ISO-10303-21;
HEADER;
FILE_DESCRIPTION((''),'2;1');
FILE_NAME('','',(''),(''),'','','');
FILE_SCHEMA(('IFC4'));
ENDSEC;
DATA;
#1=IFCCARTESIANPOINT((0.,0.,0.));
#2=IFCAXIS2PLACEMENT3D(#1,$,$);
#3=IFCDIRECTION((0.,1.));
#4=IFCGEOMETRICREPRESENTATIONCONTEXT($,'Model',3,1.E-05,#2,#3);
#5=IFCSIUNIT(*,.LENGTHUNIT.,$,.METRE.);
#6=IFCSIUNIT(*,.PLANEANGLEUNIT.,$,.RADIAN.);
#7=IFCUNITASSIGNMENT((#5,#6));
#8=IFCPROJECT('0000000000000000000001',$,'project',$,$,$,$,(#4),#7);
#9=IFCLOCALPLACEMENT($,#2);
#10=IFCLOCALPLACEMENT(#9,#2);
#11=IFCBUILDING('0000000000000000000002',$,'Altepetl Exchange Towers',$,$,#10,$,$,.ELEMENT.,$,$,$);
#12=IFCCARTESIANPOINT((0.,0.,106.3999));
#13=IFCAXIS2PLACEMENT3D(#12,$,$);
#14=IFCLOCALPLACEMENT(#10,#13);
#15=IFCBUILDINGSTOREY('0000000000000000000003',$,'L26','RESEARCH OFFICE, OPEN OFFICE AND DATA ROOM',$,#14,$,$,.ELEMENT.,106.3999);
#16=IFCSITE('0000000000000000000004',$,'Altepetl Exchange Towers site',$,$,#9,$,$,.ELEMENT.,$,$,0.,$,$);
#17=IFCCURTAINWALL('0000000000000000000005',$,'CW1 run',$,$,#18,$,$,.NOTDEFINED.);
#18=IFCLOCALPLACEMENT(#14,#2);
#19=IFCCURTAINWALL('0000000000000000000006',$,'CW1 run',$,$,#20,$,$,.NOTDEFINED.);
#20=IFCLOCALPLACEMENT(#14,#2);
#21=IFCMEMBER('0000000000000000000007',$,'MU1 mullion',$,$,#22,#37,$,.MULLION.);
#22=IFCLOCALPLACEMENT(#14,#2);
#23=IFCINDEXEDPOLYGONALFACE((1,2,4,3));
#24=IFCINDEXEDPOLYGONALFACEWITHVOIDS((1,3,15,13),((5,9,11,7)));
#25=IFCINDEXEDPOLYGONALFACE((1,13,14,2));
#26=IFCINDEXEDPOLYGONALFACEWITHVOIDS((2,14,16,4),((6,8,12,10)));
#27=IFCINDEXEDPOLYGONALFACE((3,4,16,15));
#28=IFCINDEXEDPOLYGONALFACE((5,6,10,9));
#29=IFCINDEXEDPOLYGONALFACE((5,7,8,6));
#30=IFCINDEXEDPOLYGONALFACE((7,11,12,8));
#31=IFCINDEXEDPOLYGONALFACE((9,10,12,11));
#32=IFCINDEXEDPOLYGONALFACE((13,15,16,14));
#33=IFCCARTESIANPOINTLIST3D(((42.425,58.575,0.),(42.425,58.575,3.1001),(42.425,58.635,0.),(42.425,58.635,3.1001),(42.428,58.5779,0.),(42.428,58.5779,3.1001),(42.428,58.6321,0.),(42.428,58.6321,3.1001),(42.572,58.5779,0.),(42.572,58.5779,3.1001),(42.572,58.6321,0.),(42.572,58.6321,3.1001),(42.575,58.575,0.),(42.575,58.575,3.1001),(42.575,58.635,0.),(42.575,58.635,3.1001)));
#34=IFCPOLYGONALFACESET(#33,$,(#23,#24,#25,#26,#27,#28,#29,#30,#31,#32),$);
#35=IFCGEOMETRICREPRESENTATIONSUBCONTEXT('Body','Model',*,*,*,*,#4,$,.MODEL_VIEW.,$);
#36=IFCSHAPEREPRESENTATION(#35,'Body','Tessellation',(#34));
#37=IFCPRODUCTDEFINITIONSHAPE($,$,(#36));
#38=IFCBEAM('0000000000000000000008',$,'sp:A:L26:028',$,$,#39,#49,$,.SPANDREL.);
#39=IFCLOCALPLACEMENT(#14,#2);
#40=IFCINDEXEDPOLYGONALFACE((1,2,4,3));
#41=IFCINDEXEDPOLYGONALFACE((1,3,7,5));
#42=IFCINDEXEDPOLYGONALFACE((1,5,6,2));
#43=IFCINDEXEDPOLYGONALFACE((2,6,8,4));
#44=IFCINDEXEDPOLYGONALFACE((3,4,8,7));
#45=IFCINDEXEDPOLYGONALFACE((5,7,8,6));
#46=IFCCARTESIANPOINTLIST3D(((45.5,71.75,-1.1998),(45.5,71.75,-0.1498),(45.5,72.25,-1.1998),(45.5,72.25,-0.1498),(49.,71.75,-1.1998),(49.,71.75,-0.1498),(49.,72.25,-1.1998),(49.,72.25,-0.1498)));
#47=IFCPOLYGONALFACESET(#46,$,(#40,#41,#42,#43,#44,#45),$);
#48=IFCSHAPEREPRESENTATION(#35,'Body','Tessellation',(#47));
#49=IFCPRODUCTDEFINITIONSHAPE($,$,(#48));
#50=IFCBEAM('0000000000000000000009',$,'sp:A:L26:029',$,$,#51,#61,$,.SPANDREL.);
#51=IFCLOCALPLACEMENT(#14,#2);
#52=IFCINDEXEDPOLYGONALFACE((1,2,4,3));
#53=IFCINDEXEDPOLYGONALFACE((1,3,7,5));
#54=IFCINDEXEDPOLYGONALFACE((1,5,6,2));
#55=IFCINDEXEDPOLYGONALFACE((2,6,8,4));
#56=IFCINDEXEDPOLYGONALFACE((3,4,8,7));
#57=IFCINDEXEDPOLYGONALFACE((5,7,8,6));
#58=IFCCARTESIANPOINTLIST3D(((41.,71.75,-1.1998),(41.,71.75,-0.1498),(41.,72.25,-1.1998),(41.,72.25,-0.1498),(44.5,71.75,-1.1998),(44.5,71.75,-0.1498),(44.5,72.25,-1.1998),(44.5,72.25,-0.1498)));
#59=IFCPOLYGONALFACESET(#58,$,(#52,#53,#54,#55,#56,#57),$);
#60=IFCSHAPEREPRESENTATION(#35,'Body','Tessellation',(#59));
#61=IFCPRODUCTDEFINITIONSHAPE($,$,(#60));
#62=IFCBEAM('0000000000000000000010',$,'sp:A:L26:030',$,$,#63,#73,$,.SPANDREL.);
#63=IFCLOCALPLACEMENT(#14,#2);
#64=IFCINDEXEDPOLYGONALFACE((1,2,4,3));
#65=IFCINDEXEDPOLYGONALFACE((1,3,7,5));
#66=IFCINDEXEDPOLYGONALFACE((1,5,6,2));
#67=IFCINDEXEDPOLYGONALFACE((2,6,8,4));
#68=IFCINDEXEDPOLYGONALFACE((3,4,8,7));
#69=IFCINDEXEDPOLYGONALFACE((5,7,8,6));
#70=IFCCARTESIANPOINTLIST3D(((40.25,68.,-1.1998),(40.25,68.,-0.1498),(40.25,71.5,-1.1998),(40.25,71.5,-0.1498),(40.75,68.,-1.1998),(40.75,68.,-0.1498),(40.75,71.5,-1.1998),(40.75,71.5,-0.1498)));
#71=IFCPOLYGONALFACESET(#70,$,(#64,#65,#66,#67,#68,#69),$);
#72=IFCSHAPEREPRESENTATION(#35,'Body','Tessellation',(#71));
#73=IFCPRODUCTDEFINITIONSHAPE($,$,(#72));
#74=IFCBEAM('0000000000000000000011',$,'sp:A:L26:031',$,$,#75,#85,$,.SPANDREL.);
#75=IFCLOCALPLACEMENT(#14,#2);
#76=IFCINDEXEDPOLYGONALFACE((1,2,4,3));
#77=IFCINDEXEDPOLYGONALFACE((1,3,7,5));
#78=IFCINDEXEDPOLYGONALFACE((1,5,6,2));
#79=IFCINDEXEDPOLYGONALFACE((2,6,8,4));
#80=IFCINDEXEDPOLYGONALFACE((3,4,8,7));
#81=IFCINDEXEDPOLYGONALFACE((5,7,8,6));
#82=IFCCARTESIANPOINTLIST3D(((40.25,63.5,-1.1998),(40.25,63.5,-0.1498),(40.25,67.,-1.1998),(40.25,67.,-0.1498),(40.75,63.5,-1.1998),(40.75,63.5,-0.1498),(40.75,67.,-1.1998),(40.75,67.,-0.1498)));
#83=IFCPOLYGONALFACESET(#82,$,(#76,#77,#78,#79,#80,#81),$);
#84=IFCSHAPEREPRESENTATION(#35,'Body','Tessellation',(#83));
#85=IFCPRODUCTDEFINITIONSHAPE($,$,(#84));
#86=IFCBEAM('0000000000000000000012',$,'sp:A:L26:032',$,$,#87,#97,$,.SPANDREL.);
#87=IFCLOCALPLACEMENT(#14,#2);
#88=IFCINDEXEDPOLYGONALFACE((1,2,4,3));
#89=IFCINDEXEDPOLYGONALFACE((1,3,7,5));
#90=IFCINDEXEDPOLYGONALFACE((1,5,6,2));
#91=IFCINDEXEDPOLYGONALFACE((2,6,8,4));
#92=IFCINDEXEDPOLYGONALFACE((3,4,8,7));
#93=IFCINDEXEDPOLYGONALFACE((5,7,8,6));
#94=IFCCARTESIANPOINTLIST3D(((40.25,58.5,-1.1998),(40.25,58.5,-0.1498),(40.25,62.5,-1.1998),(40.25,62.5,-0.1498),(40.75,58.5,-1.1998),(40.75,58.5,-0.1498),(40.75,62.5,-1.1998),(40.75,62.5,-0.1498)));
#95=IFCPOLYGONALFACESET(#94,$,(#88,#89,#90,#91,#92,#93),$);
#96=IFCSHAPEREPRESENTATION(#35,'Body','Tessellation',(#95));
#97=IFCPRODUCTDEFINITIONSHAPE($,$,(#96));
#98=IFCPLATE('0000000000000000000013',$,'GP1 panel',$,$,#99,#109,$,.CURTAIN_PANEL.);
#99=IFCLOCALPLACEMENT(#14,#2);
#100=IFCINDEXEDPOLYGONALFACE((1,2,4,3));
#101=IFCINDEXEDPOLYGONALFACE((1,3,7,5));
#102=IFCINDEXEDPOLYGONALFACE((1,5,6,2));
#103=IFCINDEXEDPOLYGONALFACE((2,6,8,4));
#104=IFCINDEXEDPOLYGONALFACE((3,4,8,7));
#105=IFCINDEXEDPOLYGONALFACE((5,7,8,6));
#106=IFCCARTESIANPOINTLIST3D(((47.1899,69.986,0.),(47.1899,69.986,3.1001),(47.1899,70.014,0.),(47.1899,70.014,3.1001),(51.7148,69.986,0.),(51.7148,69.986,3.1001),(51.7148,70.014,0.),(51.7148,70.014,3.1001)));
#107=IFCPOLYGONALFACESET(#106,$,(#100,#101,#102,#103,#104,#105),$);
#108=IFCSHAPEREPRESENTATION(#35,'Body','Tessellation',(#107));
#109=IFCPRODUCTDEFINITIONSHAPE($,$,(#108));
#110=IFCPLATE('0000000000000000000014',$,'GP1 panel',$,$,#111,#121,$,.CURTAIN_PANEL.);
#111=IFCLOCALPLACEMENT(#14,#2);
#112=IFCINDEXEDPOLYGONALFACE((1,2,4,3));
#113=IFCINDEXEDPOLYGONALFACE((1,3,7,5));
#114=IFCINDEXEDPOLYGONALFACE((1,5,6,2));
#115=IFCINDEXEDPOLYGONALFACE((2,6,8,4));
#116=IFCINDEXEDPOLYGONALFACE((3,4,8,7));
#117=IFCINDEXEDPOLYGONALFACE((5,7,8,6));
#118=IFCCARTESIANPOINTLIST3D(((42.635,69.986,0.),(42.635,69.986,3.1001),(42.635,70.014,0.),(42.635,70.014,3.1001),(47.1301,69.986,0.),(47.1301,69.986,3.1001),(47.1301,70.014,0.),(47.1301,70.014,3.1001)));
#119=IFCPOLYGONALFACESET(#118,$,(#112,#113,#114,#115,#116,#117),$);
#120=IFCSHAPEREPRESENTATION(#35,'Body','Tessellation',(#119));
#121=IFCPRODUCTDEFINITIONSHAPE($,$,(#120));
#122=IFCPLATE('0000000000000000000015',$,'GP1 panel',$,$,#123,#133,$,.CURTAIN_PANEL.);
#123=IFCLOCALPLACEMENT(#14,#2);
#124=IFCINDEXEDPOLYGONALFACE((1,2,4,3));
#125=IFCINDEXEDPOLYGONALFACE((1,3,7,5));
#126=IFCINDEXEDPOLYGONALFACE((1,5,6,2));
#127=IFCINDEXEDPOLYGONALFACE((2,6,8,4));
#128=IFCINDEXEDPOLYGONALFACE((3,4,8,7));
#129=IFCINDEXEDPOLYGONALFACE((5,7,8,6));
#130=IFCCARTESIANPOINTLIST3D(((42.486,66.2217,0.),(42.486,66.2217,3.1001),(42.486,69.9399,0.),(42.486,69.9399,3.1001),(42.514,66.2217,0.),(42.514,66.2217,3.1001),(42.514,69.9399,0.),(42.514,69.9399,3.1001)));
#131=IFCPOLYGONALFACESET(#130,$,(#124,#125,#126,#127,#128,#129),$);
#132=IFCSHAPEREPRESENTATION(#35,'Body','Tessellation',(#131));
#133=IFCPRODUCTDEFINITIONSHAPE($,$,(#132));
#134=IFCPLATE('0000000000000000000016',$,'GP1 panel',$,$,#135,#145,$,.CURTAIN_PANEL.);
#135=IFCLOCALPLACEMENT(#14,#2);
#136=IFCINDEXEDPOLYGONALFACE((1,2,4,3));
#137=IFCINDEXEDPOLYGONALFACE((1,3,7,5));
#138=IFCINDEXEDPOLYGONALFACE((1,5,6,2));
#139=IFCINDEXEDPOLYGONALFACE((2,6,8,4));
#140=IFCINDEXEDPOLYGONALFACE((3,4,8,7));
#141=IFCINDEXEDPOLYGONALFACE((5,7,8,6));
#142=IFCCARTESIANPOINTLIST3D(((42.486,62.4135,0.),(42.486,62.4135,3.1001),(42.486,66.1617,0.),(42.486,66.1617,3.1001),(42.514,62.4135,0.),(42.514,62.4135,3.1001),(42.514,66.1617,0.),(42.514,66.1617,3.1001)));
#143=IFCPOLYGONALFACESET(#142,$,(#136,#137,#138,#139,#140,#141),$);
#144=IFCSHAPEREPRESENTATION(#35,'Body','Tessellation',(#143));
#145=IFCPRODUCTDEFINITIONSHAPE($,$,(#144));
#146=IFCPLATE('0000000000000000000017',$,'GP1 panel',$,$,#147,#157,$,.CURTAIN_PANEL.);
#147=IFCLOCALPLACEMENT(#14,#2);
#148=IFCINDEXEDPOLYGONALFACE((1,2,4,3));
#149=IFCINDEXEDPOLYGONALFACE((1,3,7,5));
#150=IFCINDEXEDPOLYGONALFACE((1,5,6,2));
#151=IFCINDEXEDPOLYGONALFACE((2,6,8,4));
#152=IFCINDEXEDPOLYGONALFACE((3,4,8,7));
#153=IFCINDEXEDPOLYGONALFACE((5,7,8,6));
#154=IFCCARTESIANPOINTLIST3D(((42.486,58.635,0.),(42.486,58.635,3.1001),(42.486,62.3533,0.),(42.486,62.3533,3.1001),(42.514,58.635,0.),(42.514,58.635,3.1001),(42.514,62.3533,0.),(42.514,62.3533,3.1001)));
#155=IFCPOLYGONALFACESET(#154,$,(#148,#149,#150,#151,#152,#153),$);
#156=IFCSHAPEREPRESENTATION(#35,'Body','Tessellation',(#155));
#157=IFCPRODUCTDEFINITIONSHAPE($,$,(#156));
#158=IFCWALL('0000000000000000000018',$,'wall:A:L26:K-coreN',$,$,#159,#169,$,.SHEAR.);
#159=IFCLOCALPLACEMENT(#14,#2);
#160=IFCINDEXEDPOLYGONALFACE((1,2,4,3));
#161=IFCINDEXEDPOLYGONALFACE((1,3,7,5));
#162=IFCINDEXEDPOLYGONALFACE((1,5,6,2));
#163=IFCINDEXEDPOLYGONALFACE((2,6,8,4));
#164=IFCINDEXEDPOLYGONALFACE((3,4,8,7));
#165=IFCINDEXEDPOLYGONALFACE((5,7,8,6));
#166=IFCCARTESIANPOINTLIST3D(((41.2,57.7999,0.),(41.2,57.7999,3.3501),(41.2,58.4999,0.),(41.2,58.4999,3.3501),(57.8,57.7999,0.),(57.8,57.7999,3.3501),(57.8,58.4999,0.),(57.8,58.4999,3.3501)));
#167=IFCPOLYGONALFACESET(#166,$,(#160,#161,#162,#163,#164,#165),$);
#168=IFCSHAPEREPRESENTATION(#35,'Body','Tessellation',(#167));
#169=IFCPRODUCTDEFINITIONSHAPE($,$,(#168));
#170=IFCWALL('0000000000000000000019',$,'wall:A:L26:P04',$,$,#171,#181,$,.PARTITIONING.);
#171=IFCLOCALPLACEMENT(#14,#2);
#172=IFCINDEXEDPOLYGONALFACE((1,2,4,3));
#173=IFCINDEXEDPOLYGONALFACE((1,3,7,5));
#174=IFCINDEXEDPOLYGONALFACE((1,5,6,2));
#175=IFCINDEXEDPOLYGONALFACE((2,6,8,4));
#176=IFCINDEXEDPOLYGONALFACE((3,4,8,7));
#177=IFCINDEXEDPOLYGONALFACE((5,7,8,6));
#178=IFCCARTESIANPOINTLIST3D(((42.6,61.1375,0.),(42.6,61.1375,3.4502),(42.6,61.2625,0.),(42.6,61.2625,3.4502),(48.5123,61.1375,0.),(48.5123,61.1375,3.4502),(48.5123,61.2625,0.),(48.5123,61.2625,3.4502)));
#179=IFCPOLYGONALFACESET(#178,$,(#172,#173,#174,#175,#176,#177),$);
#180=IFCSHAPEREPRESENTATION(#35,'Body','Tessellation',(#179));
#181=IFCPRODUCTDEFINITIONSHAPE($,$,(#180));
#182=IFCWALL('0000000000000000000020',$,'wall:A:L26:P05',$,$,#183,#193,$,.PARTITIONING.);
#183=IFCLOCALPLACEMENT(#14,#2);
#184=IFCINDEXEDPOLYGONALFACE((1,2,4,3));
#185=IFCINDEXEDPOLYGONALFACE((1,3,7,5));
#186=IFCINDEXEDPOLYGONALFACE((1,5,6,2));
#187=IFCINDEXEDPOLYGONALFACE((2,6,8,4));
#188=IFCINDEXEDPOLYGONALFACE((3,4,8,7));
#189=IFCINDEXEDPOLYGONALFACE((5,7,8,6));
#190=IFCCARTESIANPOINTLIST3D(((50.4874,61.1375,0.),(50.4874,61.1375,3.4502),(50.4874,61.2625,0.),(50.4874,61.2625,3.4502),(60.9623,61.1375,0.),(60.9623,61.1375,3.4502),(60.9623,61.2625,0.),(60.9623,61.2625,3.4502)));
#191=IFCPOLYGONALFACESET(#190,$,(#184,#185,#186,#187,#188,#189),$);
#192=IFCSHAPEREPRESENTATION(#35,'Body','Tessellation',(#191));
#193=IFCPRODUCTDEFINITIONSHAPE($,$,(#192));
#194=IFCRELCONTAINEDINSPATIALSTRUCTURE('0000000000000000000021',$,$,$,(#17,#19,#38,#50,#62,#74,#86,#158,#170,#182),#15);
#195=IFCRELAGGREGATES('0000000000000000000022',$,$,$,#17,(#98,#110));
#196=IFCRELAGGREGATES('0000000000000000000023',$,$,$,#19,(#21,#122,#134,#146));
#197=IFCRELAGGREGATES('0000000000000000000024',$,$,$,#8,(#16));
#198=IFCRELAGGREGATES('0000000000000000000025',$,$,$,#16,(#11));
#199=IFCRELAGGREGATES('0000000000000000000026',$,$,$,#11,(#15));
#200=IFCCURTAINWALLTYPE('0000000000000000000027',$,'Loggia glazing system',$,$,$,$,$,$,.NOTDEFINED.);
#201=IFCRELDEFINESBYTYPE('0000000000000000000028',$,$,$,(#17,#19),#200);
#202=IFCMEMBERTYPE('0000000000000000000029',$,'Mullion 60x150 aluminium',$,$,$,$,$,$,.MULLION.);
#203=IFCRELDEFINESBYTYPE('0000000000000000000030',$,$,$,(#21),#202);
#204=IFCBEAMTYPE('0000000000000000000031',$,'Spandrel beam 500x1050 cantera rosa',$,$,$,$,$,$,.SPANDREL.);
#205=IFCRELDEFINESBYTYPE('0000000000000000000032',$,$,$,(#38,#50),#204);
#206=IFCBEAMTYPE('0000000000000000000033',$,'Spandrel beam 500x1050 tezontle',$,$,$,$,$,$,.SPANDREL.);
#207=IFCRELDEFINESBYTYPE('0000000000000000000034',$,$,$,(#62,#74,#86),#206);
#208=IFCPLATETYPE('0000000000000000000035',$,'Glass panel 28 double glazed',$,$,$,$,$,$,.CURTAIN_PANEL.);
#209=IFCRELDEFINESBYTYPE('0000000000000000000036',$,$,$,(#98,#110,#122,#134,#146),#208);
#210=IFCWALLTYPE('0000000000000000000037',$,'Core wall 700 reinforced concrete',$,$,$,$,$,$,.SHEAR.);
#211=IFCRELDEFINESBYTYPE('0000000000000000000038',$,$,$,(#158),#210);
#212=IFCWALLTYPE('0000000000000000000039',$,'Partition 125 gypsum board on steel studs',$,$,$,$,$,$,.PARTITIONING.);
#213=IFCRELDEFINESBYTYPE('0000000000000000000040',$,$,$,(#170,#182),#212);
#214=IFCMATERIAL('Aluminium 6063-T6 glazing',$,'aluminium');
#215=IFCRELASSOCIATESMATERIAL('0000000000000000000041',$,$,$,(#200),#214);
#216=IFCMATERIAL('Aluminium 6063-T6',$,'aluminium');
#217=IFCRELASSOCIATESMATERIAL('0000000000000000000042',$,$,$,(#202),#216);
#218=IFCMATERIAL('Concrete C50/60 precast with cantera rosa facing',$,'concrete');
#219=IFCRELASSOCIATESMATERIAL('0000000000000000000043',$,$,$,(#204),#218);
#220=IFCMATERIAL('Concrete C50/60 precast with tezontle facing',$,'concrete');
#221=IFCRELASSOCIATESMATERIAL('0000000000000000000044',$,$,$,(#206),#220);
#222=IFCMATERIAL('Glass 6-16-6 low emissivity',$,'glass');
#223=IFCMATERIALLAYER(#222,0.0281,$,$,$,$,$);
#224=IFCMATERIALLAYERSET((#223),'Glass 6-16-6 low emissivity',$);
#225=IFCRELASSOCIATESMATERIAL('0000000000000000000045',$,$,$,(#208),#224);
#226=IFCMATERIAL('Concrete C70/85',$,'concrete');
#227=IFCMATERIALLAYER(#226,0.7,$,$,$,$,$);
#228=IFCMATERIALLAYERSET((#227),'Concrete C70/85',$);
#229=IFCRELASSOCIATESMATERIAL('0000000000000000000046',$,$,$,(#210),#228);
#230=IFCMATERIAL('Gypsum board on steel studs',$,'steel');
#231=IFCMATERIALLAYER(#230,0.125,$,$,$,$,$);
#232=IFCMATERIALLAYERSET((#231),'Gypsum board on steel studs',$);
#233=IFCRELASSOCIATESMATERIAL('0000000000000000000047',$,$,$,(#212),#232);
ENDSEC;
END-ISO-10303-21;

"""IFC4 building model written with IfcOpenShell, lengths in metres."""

from ifc_helpers import new_model, si_unit, direction, frame, frame_2d, origin, origin_2d, place, context, subcontext, project, spatial, rectangle, hollow_rectangle, extrude, material, layer, layer_set, material_profile, profile_set, type_object, element, aggregate, save


model = new_model("IFC4")

# Units and contexts
model_context = context("Model", 3, precision=1e-05, world=origin(), true_north=direction((0.0, 1.0)))
body_context = subcontext(model_context, "Body", "Model", "MODEL_VIEW")
ifc_project = project(units=[si_unit("LENGTHUNIT", "METRE"), si_unit("PLANEANGLEUNIT", "RADIAN")], contexts=[model_context])

# Site, building, storey
site_placement = place(None, origin())
site = spatial("IfcSite", under=ifc_project, at=site_placement, Name="Altepetl Exchange Towers site", CompositionType="ELEMENT", RefElevation=0.0)
building_placement = place(site_placement, origin())
building = spatial("IfcBuilding", under=site, at=building_placement, Name="Altepetl Exchange Towers", CompositionType="ELEMENT")
storey_placement = place(building_placement, frame((0.0, 0.0, 106.3999)))
storey = spatial("IfcBuildingStorey", under=building, at=storey_placement, Name="L26", Description="RESEARCH OFFICE, OPEN OFFICE AND DATA ROOM", CompositionType="ELEMENT", Elevation=106.3999)

# Curtain walls, member
ifc_material_1 = material(Name="Aluminium 6063-T6 glazing", Category="aluminium")
curtain_wall_type = type_object("IfcCurtainWallType", Name="Loggia glazing system", PredefinedType="NOTDEFINED", material=ifc_material_1)
curtain_wall_1_placement = place(storey_placement, origin())
curtain_wall_1 = element("IfcCurtainWall", 1, at=curtain_wall_1_placement, inside=storey, type_object=curtain_wall_type, Name="CW1 run", PredefinedType="NOTDEFINED")
ifc_material_2 = material(Name="Aluminium 6063-T6", Category="aluminium")
ifc_material_profile_1 = material_profile(ifc_material_2, hollow_rectangle(XDim=0.0601, YDim=0.1499, WallThickness=0.0029, at=origin_2d()), Name="Mullion 60x150 aluminium")
ifc_profile_set_1 = profile_set([ifc_material_profile_1], Name="Aluminium 6063-T6")
member_type = type_object("IfcMemberType", Name="Mullion 60x150 aluminium", PredefinedType="MULLION", material=ifc_profile_set_1)
curtain_wall_2_placement = place(storey_placement, origin())
curtain_wall_2 = element("IfcCurtainWall", 2, at=curtain_wall_2_placement, inside=storey, type_object=curtain_wall_type, Name="CW1 run", PredefinedType="NOTDEFINED")
member_1_placement = place(storey_placement, frame((42.5, 58.605, 0.0), z_axis=(0.0, 0.0, 1.0), x_axis=(0.0, -1.0, 0.0)))
member_1 = element("IfcMember", 3, at=member_1_placement, type_object=member_type, Name="MU1 mullion", PredefinedType="MULLION", context=body_context, shape_type="SweptSolid", body=[
    extrude(hollow_rectangle(XDim=0.0601, YDim=0.1499, WallThickness=0.0029, at=origin_2d()), origin(), (0.0, 0.0, 1.0), 3.1001),
])

# Beams
ifc_material_3 = material(Name="Concrete C50/60 precast with cantera rosa facing", Category="concrete")
ifc_material_profile_2 = material_profile(ifc_material_3, rectangle(XDim=0.5, YDim=1.05, at=origin_2d()), Name="500 x 1050")
ifc_profile_set_2 = profile_set([ifc_material_profile_2], Name="Concrete C50/60 precast with cantera rosa facing")
beam_type_1 = type_object("IfcBeamType", Name="Spandrel beam 500x1050 cantera rosa", PredefinedType="SPANDREL", material=ifc_profile_set_2)
for number, where, z_axis, x_axis, name in (
    (4, (49.0, 72.0, -0.6748), (-1.0, 0.0, 0.0), (0.0, -1.0, 0.0), "sp:A:L26:028"),
    (5, (44.5, 72.0, -0.6748), (-1.0, 0.0, 0.0), (0.0, -1.0, 0.0), "sp:A:L26:029"),
):
    element("IfcBeam", number, at=place(storey_placement, frame(where, z_axis=z_axis, x_axis=x_axis)), inside=storey, type_object=beam_type_1, Name=name, PredefinedType="SPANDREL", context=body_context, shape_type="SweptSolid", body=[
        extrude(rectangle(XDim=0.5, YDim=1.05, at=origin_2d()), origin(), (0.0, 0.0, 1.0), 3.5),
    ])
ifc_material_4 = material(Name="Concrete C50/60 precast with tezontle facing", Category="concrete")
ifc_material_profile_3 = material_profile(ifc_material_4, rectangle(XDim=0.5, YDim=1.05, at=origin_2d()), Name="500 x 1050")
ifc_profile_set_3 = profile_set([ifc_material_profile_3], Name="Concrete C50/60 precast with tezontle facing")
beam_type_2 = type_object("IfcBeamType", Name="Spandrel beam 500x1050 tezontle", PredefinedType="SPANDREL", material=ifc_profile_set_3)
for number, where, z_axis, x_axis, name in (
    (6, (40.5, 71.5, -0.6748), (0.0, -1.0, 0.0), (1.0, 0.0, 0.0), "sp:A:L26:030"),
    (7, (40.5, 67.0, -0.6748), (0.0, -1.0, 0.0), (1.0, 0.0, 0.0), "sp:A:L26:031"),
):
    element("IfcBeam", number, at=place(storey_placement, frame(where, z_axis=z_axis, x_axis=x_axis)), inside=storey, type_object=beam_type_2, Name=name, PredefinedType="SPANDREL", context=body_context, shape_type="SweptSolid", body=[
        extrude(rectangle(XDim=0.5, YDim=1.05, at=origin_2d()), origin(), (0.0, 0.0, 1.0), 3.5),
    ])
beam_placement = place(storey_placement, frame((40.5, 62.5, -0.6748), z_axis=(0.0, -1.0, 0.0), x_axis=(1.0, 0.0, 0.0)))
element("IfcBeam", 8, at=beam_placement, inside=storey, type_object=beam_type_2, Name="sp:A:L26:032", PredefinedType="SPANDREL", context=body_context, shape_type="SweptSolid", body=[
    extrude(rectangle(XDim=0.5, YDim=1.05, at=origin_2d()), origin(), (0.0, 0.0, 1.0), 4.0),
])

# Plates
ifc_material_5 = material(Name="Glass 6-16-6 low emissivity", Category="glass")
ifc_layer_1 = layer(ifc_material_5, 0.0281)
ifc_layer_set_1 = layer_set([ifc_layer_1], Name="Glass 6-16-6 low emissivity")
plate_type = type_object("IfcPlateType", Name="Glass panel 28 double glazed", PredefinedType="CURTAIN_PANEL", material=ifc_layer_set_1)
plate_1_placement = place(storey_placement, frame((49.4524, 70.0, 0.0), z_axis=(0.0, 0.0, 1.0), x_axis=(-1.0, 0.0, 0.0)))
plate_1 = element("IfcPlate", 9, at=plate_1_placement, type_object=plate_type, Name="GP1 panel", PredefinedType="CURTAIN_PANEL", context=body_context, shape_type="SweptSolid", body=[
    extrude(rectangle(XDim=4.5249, YDim=0.0281, at=origin_2d()), origin(), (0.0, 0.0, 1.0), 3.1001),
])
plate_2_placement = place(storey_placement, frame((44.8826, 70.0, 0.0), z_axis=(0.0, 0.0, 1.0), x_axis=(-1.0, 0.0, 0.0)))
plate_2 = element("IfcPlate", 10, at=plate_2_placement, type_object=plate_type, Name="GP1 panel", PredefinedType="CURTAIN_PANEL", context=body_context, shape_type="SweptSolid", body=[
    extrude(rectangle(XDim=4.4951, YDim=0.0281, at=origin_2d()), origin(), (0.0, 0.0, 1.0), 3.1001),
])
aggregate(curtain_wall_1, [plate_1, plate_2])
plate_3_placement = place(storey_placement, frame((42.5, 68.0808, 0.0), z_axis=(0.0, 0.0, 1.0), x_axis=(0.0, -1.0, 0.0)))
plate_3 = element("IfcPlate", 11, at=plate_3_placement, type_object=plate_type, Name="GP1 panel", PredefinedType="CURTAIN_PANEL", context=body_context, shape_type="SweptSolid", body=[
    extrude(rectangle(XDim=3.7183, YDim=0.0281, at=origin_2d()), origin(), (0.0, 0.0, 1.0), 3.1001),
])
plate_4_placement = place(storey_placement, frame((42.5, 64.2876, 0.0), z_axis=(0.0, 0.0, 1.0), x_axis=(0.0, -1.0, 0.0)))
plate_4 = element("IfcPlate", 12, at=plate_4_placement, type_object=plate_type, Name="GP1 panel", PredefinedType="CURTAIN_PANEL", context=body_context, shape_type="SweptSolid", body=[
    extrude(rectangle(XDim=3.7483, YDim=0.0281, at=origin_2d()), origin(), (0.0, 0.0, 1.0), 3.1001),
])
plate_5_placement = place(storey_placement, frame((42.5, 60.4941, 0.0), z_axis=(0.0, 0.0, 1.0), x_axis=(0.0, -1.0, 0.0)))
plate_5 = element("IfcPlate", 13, at=plate_5_placement, type_object=plate_type, Name="GP1 panel", PredefinedType="CURTAIN_PANEL", context=body_context, shape_type="SweptSolid", body=[
    extrude(rectangle(XDim=3.7183, YDim=0.0281, at=origin_2d()), origin(), (0.0, 0.0, 1.0), 3.1001),
])
aggregate(curtain_wall_2, [member_1, plate_3, plate_4, plate_5])

# Walls
ifc_material_6 = material(Name="Concrete C70/85", Category="concrete")
ifc_layer_2 = layer(ifc_material_6, 0.7)
ifc_layer_set_2 = layer_set([ifc_layer_2], Name="Concrete C70/85")
wall_type_1 = type_object("IfcWallType", Name="Core wall 700 reinforced concrete", PredefinedType="SHEAR", material=ifc_layer_set_2)
wall_1_placement = place(storey_placement, frame((41.2, 58.1499, 0.0)))
element("IfcWall", 14, at=wall_1_placement, inside=storey, type_object=wall_type_1, Name="wall:A:L26:K-coreN", PredefinedType="SHEAR", context=body_context, shape_type="SweptSolid", body=[
    extrude(rectangle(XDim=16.6001, YDim=0.7, at=frame_2d((8.3, 0.0))), origin(), (0.0, 0.0, 1.0), 3.3501),
])
ifc_material_7 = material(Name="Gypsum board on steel studs", Category="steel")
ifc_layer_3 = layer(ifc_material_7, 0.125)
ifc_layer_set_3 = layer_set([ifc_layer_3], Name="Gypsum board on steel studs")
wall_type_2 = type_object("IfcWallType", Name="Partition 125 gypsum board on steel studs", PredefinedType="PARTITIONING", material=ifc_layer_set_3)
wall_2_placement = place(storey_placement, frame((42.6001, 61.2, 0.0)))
element("IfcWall", 15, at=wall_2_placement, inside=storey, type_object=wall_type_2, Name="wall:A:L26:P04", PredefinedType="PARTITIONING", context=body_context, shape_type="SweptSolid", body=[
    extrude(rectangle(XDim=5.9124, YDim=0.125, at=frame_2d((2.9561, 0.0))), origin(), (0.0, 0.0, 1.0), 3.4502),
])
wall_3_placement = place(storey_placement, frame((50.4875, 61.2, 0.0)))
element("IfcWall", 16, at=wall_3_placement, inside=storey, type_object=wall_type_2, Name="wall:A:L26:P05", PredefinedType="PARTITIONING", context=body_context, shape_type="SweptSolid", body=[
    extrude(rectangle(XDim=10.4749, YDim=0.125, at=frame_2d((5.2373, 0.0))), origin(), (0.0, 0.0, 1.0), 3.4502),
])

save(model, "model.ifc")
